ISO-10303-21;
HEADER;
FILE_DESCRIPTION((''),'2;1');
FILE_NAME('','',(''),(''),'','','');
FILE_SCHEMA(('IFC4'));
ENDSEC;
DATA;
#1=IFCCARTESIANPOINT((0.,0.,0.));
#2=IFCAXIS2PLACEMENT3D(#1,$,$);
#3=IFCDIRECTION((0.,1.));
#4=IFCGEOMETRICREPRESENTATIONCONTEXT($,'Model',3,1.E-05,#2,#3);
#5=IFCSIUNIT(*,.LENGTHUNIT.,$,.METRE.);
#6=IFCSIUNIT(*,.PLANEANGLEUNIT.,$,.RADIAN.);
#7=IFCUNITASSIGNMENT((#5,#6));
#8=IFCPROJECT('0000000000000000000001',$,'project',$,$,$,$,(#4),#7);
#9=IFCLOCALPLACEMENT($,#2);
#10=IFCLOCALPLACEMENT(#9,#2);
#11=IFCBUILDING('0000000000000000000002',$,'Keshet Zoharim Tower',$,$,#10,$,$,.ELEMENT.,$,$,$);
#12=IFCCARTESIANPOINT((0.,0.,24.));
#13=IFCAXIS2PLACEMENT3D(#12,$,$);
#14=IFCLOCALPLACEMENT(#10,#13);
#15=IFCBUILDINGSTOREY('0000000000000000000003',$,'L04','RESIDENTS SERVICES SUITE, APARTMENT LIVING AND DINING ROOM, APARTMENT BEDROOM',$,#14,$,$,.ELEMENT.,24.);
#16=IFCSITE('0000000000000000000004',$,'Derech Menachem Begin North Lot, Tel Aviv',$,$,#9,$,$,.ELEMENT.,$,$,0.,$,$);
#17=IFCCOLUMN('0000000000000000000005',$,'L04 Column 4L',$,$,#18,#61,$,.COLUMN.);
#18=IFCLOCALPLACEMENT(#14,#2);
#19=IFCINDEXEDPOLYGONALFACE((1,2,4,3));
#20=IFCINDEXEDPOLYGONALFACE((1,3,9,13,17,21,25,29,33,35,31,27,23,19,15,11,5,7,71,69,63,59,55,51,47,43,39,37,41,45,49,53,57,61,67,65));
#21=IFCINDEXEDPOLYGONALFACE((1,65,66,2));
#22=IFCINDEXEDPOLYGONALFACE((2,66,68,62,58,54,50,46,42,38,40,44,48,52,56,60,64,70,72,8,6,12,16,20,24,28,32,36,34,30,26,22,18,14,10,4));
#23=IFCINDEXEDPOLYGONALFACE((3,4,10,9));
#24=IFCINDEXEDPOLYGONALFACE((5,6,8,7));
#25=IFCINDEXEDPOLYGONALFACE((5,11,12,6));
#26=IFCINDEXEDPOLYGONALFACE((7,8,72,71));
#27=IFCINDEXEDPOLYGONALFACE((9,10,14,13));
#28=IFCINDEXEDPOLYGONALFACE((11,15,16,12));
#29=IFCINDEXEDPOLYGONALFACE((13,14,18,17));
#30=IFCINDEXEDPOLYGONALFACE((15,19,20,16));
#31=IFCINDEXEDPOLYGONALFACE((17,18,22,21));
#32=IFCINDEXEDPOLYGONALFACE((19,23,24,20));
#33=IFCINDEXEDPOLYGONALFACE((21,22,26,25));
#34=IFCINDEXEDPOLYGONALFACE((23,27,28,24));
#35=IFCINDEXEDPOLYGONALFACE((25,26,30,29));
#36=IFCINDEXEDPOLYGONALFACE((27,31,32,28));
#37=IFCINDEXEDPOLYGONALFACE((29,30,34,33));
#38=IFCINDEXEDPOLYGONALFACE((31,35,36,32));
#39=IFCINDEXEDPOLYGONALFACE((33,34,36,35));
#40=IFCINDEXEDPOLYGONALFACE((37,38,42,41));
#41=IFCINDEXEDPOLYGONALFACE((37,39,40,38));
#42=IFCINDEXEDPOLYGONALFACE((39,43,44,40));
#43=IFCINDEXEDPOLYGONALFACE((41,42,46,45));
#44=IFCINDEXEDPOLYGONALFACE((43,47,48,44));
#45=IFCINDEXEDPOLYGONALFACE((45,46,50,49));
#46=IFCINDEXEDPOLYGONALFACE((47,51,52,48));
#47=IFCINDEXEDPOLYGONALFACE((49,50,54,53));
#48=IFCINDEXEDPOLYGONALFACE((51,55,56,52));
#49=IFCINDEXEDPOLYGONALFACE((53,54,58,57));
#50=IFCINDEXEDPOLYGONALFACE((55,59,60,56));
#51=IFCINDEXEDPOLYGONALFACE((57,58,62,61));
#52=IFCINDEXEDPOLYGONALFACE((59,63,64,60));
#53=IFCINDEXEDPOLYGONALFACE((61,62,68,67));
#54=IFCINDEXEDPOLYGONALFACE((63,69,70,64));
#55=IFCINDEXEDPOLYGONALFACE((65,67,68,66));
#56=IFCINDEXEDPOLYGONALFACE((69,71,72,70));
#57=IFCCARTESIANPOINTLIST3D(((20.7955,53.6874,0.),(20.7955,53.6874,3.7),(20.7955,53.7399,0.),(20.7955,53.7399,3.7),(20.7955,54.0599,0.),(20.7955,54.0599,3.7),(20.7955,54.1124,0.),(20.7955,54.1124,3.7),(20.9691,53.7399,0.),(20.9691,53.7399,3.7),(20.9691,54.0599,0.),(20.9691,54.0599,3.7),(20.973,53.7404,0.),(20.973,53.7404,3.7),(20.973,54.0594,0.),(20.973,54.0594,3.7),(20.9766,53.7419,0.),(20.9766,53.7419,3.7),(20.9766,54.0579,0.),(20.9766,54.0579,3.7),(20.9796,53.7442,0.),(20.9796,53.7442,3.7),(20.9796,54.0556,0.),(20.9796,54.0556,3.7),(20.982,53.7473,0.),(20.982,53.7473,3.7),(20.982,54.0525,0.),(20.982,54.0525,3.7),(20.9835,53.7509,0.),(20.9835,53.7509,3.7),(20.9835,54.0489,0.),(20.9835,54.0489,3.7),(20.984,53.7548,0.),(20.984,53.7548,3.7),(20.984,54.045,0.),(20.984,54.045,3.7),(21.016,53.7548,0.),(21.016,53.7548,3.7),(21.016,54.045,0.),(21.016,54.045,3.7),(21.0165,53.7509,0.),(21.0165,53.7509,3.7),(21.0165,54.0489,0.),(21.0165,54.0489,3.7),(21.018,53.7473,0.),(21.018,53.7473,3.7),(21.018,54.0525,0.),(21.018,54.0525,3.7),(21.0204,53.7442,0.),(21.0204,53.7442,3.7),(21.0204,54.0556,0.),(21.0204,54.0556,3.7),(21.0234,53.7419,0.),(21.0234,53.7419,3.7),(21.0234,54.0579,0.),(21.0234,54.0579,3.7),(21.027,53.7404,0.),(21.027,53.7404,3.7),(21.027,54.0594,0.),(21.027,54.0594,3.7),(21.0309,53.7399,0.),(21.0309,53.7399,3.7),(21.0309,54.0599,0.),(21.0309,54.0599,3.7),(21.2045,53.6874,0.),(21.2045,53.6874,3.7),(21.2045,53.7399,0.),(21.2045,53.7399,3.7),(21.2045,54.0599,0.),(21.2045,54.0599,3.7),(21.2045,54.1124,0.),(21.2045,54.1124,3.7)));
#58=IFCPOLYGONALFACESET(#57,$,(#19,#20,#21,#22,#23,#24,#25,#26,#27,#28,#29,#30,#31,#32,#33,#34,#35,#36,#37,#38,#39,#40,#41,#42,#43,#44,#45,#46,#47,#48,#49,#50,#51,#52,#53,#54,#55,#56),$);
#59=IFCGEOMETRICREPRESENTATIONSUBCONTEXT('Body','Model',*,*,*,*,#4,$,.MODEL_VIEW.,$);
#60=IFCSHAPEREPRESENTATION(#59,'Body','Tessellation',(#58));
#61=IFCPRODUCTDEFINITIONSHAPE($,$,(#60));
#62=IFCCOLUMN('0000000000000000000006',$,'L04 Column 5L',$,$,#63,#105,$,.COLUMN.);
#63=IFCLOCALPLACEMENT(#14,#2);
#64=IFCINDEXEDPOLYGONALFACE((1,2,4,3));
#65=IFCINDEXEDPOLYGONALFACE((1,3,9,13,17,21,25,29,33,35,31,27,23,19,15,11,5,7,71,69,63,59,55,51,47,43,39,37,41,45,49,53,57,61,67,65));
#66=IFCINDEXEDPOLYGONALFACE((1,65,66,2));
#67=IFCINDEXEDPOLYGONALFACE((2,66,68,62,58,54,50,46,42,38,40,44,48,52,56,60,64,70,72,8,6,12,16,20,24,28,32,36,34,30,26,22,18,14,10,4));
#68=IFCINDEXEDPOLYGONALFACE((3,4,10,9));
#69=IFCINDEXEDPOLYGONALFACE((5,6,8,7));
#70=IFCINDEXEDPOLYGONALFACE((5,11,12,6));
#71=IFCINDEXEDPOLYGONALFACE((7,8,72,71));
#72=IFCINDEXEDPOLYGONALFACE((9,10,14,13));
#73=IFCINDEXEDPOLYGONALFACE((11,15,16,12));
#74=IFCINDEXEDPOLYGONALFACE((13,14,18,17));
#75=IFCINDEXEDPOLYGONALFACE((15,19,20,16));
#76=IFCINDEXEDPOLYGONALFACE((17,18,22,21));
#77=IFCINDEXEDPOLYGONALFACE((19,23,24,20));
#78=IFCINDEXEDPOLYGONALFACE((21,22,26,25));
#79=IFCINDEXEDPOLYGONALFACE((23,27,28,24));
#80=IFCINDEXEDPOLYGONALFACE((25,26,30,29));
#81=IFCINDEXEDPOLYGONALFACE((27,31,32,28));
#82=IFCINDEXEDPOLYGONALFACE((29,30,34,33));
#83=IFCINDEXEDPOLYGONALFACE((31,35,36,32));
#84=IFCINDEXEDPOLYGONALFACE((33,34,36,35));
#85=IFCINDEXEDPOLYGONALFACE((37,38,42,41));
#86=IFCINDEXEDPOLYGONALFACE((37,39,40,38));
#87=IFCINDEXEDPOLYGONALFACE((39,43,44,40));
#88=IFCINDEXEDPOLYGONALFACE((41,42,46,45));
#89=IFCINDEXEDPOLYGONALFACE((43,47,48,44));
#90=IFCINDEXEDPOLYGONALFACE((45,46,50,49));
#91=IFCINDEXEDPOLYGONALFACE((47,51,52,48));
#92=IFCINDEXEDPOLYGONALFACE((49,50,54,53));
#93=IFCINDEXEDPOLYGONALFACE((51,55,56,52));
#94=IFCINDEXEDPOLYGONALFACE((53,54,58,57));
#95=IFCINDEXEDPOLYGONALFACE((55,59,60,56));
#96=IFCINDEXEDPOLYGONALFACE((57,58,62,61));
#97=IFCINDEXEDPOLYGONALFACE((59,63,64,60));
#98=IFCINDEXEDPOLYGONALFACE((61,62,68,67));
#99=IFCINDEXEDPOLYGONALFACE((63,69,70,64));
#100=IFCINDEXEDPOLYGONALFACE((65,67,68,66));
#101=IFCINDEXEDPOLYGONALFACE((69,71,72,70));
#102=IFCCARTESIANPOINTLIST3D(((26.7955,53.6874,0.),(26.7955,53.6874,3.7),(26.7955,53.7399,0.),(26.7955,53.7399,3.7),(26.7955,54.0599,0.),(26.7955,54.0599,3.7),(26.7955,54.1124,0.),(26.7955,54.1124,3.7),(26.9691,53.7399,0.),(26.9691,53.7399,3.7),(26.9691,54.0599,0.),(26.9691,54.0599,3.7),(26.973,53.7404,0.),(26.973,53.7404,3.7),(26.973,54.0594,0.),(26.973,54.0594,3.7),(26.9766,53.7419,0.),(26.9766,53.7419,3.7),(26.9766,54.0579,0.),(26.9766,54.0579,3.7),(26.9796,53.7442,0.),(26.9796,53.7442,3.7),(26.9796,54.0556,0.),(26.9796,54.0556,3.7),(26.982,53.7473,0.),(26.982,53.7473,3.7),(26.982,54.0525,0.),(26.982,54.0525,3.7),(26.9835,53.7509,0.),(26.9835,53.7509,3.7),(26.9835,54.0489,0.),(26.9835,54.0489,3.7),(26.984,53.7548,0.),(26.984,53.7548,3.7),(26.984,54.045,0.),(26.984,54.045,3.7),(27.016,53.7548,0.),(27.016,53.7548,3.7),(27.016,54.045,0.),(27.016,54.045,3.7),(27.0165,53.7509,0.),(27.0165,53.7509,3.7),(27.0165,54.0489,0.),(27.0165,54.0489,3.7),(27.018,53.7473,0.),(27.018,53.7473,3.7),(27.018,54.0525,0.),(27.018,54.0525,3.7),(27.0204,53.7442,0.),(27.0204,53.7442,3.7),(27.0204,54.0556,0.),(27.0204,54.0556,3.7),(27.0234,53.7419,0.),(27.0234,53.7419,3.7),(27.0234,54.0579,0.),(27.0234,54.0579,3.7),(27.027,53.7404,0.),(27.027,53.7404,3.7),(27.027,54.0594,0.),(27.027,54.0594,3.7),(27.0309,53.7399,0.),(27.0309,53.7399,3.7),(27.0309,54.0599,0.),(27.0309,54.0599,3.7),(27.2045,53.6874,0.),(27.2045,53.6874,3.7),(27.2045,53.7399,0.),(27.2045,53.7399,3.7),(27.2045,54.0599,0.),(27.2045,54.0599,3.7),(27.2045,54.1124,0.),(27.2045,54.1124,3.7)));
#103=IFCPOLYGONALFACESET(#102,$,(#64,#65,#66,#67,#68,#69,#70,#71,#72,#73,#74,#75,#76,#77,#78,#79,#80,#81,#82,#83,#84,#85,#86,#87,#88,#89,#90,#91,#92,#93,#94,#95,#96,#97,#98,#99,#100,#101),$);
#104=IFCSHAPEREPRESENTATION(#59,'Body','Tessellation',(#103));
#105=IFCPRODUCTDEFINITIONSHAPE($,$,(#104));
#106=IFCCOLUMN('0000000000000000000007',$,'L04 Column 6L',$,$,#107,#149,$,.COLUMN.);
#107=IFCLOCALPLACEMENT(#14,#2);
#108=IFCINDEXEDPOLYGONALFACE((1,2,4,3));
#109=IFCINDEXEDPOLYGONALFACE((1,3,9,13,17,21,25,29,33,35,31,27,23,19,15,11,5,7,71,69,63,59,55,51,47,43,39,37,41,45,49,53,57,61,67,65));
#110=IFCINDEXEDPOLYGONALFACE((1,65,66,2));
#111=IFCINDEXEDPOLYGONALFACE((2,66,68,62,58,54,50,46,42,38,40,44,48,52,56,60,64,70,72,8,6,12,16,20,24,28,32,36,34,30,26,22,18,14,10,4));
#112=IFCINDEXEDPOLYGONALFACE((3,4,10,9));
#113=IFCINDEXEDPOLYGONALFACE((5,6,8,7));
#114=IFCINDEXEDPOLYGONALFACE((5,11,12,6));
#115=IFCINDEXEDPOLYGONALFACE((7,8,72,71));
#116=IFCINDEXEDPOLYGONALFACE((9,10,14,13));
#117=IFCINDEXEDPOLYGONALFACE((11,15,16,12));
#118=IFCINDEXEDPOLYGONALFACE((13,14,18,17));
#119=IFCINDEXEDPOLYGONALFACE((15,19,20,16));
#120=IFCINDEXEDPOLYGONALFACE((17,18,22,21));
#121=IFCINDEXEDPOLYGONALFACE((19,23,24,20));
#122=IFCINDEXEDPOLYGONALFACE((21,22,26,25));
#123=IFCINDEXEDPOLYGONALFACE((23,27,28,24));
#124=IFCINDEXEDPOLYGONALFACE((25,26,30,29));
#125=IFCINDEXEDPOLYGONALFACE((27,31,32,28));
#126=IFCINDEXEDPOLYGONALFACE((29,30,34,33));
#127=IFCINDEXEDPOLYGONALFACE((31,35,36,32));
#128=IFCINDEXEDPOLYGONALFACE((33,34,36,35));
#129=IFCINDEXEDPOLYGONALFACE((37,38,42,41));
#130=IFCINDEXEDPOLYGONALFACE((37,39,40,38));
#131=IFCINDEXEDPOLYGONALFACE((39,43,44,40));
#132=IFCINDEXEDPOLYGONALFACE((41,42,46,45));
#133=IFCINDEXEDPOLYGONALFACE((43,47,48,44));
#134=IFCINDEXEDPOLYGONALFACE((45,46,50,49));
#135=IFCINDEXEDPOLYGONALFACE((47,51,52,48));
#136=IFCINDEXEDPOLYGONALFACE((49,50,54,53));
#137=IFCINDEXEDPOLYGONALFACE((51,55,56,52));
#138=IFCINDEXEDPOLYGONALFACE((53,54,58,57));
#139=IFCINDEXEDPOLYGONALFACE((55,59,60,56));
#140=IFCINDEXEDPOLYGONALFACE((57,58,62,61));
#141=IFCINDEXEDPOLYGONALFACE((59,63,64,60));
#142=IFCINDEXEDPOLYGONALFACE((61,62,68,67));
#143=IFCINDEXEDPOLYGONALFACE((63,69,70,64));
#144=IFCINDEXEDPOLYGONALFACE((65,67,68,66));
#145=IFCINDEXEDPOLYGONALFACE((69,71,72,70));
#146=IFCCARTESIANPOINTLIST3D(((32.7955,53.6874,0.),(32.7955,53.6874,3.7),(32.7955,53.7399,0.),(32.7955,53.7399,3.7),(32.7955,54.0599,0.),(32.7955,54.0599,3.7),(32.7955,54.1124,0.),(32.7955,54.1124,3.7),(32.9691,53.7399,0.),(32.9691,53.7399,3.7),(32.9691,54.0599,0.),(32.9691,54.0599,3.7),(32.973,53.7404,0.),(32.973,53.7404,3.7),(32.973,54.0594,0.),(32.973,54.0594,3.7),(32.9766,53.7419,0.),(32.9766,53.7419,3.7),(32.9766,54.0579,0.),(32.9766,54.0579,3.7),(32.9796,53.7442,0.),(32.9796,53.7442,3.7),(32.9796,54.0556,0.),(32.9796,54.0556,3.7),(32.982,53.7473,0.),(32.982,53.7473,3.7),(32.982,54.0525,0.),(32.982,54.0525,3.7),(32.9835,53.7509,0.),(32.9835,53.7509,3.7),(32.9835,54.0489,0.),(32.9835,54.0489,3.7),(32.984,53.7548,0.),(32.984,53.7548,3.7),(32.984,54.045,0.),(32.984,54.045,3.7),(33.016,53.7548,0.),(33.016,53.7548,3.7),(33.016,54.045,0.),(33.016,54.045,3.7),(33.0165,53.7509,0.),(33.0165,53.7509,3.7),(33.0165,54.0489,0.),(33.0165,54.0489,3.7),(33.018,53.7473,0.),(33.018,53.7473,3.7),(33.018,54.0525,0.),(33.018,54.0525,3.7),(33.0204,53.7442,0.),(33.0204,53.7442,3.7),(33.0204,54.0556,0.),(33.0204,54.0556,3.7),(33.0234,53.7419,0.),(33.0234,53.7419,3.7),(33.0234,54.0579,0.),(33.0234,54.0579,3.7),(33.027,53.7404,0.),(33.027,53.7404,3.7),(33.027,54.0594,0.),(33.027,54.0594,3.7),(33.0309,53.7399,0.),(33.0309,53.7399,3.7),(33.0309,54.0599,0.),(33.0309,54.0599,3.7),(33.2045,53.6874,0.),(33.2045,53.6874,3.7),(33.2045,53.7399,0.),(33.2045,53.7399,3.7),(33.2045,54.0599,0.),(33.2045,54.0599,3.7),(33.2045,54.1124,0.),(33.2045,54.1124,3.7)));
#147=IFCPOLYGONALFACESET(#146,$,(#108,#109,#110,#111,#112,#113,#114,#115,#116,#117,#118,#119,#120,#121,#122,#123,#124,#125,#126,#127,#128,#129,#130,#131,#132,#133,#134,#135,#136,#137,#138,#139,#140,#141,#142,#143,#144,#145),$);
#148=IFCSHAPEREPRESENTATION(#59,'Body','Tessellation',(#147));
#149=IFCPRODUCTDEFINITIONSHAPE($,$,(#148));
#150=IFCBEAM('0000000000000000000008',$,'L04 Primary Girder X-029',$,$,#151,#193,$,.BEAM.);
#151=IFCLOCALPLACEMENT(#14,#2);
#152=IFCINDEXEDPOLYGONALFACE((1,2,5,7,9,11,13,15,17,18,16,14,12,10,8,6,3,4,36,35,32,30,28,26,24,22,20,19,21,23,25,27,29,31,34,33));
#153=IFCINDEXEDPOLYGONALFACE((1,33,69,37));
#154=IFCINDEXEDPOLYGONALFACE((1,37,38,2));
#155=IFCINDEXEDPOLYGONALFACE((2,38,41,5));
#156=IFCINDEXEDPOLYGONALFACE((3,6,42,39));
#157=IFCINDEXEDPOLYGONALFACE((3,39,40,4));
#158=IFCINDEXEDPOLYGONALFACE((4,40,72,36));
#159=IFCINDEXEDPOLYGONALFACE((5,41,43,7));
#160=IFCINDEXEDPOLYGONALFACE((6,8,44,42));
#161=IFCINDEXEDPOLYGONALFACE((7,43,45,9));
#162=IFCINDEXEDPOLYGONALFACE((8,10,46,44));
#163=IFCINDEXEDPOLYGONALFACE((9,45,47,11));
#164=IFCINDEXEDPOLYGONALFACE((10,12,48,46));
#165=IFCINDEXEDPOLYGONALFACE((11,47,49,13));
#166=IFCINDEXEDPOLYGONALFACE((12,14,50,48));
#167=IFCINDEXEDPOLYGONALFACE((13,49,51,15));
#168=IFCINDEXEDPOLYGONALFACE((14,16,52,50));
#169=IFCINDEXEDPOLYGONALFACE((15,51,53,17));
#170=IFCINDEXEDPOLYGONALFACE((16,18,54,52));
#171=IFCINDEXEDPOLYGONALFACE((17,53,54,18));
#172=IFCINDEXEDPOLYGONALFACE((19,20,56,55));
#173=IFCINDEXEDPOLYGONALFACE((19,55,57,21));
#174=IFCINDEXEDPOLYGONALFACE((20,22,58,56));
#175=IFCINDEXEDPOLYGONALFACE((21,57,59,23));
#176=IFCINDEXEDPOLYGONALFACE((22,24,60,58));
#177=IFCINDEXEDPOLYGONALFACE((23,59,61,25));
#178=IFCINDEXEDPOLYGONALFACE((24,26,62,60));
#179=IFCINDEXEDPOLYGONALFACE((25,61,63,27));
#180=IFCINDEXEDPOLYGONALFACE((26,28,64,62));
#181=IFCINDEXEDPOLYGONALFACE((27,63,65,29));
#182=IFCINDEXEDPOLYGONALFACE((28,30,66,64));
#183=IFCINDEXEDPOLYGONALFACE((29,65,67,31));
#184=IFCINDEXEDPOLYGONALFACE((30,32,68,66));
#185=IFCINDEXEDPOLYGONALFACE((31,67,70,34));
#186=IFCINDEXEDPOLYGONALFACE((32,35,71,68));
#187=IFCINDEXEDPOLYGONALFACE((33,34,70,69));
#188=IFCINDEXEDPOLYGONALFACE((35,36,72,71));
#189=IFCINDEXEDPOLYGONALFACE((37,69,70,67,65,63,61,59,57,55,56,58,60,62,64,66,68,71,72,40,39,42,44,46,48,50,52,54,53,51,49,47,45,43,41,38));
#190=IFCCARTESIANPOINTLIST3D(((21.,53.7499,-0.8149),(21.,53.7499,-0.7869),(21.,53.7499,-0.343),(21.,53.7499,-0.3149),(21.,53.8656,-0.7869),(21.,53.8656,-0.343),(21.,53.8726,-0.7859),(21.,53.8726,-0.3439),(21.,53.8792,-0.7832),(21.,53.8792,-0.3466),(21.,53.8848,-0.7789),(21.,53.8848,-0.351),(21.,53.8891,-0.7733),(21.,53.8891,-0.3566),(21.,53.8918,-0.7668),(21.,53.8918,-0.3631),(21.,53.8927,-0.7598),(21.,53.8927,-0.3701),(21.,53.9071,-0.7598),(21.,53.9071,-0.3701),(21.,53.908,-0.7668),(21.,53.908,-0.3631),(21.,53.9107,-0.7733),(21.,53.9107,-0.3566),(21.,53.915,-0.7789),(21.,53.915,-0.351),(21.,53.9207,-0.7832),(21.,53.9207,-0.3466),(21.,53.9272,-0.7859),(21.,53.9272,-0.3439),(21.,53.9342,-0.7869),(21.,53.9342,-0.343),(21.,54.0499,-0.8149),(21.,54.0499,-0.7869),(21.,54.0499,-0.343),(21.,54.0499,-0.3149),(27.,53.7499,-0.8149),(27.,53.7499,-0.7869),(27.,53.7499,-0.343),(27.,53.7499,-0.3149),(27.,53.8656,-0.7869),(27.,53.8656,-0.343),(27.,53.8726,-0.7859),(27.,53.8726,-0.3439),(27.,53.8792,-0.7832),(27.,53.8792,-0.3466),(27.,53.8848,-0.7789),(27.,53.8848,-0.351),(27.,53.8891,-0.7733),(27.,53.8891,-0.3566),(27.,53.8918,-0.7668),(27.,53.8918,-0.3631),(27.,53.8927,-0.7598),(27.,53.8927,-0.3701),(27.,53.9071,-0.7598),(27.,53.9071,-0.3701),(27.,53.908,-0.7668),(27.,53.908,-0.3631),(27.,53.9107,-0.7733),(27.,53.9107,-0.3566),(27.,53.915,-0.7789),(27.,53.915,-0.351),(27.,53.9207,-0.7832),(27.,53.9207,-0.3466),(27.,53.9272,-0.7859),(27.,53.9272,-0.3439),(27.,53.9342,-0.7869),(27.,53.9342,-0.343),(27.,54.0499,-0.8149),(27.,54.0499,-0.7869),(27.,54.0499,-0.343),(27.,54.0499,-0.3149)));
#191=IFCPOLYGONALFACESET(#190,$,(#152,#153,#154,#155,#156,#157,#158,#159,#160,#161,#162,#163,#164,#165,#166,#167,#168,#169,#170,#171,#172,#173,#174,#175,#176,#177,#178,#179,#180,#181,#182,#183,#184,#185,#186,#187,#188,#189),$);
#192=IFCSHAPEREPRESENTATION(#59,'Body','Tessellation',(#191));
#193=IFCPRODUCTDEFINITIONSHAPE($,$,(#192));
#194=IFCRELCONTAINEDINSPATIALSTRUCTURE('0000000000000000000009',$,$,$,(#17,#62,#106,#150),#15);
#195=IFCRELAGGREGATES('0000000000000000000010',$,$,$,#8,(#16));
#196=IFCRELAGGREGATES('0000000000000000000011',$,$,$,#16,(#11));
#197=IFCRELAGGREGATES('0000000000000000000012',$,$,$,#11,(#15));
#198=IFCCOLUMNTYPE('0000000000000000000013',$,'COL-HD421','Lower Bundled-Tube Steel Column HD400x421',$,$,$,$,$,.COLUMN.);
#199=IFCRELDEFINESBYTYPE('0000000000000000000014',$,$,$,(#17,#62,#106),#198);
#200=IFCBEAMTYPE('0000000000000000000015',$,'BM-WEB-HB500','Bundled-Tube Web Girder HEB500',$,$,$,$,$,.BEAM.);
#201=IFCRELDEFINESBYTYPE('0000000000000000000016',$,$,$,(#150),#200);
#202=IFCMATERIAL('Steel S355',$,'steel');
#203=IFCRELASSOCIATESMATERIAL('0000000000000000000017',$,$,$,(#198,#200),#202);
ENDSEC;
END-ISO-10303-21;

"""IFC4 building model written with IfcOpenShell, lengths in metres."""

from ifc_helpers import new_model, si_unit, direction, frame, origin, origin_2d, place, context, subcontext, project, spatial, i_section, extrude, material, material_profile, profile_set, type_object, element, save


model = new_model("IFC4")

# Units and contexts
model_context = context("Model", 3, precision=1e-05, world=origin(), true_north=direction((0.0, 1.0)))
body_context = subcontext(model_context, "Body", "Model", "MODEL_VIEW")
ifc_project = project(units=[si_unit("LENGTHUNIT", "METRE"), si_unit("PLANEANGLEUNIT", "RADIAN")], contexts=[model_context])

# Site, building, storey
site_placement = place(None, origin())
site = spatial("IfcSite", under=ifc_project, at=site_placement, Name="Derech Menachem Begin North Lot, Tel Aviv", CompositionType="ELEMENT", RefElevation=0.0)
building_placement = place(site_placement, origin())
building = spatial("IfcBuilding", under=site, at=building_placement, Name="Keshet Zoharim Tower", CompositionType="ELEMENT")
storey_placement = place(building_placement, frame((0.0, 0.0, 24.0)))
storey = spatial("IfcBuildingStorey", under=building, at=storey_placement, Name="L04", Description="RESIDENTS SERVICES SUITE, APARTMENT LIVING AND DINING ROOM, APARTMENT BEDROOM", CompositionType="ELEMENT", Elevation=24.0)

# Columns
ifc_material_1 = material(Name="Steel S355", Category="steel")
ifc_material_profile_1 = material_profile(ifc_material_1, i_section(OverallWidth=0.4089, OverallDepth=0.425, WebThickness=0.032, FlangeThickness=0.0525, FilletRadius=0.0149, at=origin_2d()), Name="HD400x421")
ifc_profile_set_1 = profile_set([ifc_material_profile_1], Name="Steel S355")
column_type = type_object("IfcColumnType", Name="COL-HD421", Description="Lower Bundled-Tube Steel Column HD400x421", PredefinedType="COLUMN", material=ifc_profile_set_1)
for number, where, z_axis, x_axis, name in (
    (1, (21.0, 53.8999, 0.0), (0.0, 0.0, 1.0), (1.0, 0.0, 0.0), "L04 Column 4L"),
    (2, (27.0, 53.8999, 0.0), (0.0, 0.0, 1.0), (1.0, 0.0, 0.0), "L04 Column 5L"),
    (3, (33.0, 53.8999, 0.0), (0.0, 0.0, 1.0), (1.0, 0.0, 0.0), "L04 Column 6L"),
):
    element("IfcColumn", number, at=place(storey_placement, frame(where, z_axis=z_axis, x_axis=x_axis)), inside=storey, type_object=column_type, Name=name, PredefinedType="COLUMN", context=body_context, shape_type="SweptSolid", body=[
        extrude(i_section(OverallWidth=0.4089, OverallDepth=0.425, WebThickness=0.032, FlangeThickness=0.0525, FilletRadius=0.0149, at=origin_2d()), origin(), (0.0, 0.0, 1.0), 3.7),
    ])

# Beam
ifc_material_profile_2 = material_profile(ifc_material_1, i_section(OverallWidth=0.3, OverallDepth=0.5, WebThickness=0.0144, FlangeThickness=0.0281, FilletRadius=0.0271, at=origin_2d()), Name="HEB500")
ifc_profile_set_2 = profile_set([ifc_material_profile_2], Name="Steel S355")
beam_type = type_object("IfcBeamType", Name="BM-WEB-HB500", Description="Bundled-Tube Web Girder HEB500", PredefinedType="BEAM", material=ifc_profile_set_2)
for number, where, z_axis, x_axis, name in (
    (4, (21.0, 53.8999, -0.5649), (1.0, 0.0, 0.0), (0.0, 1.0, 0.0), "L04 Primary Girder X-029"),
):
    element("IfcBeam", number, at=place(storey_placement, frame(where, z_axis=z_axis, x_axis=x_axis)), inside=storey, type_object=beam_type, Name=name, PredefinedType="BEAM", context=body_context, shape_type="SweptSolid", body=[
        extrude(i_section(OverallWidth=0.3, OverallDepth=0.5, WebThickness=0.0144, FlangeThickness=0.0281, FilletRadius=0.0271, at=origin_2d()), origin(), (0.0, 0.0, 1.0), 6.0),
    ])

save(model, "model.ifc")
